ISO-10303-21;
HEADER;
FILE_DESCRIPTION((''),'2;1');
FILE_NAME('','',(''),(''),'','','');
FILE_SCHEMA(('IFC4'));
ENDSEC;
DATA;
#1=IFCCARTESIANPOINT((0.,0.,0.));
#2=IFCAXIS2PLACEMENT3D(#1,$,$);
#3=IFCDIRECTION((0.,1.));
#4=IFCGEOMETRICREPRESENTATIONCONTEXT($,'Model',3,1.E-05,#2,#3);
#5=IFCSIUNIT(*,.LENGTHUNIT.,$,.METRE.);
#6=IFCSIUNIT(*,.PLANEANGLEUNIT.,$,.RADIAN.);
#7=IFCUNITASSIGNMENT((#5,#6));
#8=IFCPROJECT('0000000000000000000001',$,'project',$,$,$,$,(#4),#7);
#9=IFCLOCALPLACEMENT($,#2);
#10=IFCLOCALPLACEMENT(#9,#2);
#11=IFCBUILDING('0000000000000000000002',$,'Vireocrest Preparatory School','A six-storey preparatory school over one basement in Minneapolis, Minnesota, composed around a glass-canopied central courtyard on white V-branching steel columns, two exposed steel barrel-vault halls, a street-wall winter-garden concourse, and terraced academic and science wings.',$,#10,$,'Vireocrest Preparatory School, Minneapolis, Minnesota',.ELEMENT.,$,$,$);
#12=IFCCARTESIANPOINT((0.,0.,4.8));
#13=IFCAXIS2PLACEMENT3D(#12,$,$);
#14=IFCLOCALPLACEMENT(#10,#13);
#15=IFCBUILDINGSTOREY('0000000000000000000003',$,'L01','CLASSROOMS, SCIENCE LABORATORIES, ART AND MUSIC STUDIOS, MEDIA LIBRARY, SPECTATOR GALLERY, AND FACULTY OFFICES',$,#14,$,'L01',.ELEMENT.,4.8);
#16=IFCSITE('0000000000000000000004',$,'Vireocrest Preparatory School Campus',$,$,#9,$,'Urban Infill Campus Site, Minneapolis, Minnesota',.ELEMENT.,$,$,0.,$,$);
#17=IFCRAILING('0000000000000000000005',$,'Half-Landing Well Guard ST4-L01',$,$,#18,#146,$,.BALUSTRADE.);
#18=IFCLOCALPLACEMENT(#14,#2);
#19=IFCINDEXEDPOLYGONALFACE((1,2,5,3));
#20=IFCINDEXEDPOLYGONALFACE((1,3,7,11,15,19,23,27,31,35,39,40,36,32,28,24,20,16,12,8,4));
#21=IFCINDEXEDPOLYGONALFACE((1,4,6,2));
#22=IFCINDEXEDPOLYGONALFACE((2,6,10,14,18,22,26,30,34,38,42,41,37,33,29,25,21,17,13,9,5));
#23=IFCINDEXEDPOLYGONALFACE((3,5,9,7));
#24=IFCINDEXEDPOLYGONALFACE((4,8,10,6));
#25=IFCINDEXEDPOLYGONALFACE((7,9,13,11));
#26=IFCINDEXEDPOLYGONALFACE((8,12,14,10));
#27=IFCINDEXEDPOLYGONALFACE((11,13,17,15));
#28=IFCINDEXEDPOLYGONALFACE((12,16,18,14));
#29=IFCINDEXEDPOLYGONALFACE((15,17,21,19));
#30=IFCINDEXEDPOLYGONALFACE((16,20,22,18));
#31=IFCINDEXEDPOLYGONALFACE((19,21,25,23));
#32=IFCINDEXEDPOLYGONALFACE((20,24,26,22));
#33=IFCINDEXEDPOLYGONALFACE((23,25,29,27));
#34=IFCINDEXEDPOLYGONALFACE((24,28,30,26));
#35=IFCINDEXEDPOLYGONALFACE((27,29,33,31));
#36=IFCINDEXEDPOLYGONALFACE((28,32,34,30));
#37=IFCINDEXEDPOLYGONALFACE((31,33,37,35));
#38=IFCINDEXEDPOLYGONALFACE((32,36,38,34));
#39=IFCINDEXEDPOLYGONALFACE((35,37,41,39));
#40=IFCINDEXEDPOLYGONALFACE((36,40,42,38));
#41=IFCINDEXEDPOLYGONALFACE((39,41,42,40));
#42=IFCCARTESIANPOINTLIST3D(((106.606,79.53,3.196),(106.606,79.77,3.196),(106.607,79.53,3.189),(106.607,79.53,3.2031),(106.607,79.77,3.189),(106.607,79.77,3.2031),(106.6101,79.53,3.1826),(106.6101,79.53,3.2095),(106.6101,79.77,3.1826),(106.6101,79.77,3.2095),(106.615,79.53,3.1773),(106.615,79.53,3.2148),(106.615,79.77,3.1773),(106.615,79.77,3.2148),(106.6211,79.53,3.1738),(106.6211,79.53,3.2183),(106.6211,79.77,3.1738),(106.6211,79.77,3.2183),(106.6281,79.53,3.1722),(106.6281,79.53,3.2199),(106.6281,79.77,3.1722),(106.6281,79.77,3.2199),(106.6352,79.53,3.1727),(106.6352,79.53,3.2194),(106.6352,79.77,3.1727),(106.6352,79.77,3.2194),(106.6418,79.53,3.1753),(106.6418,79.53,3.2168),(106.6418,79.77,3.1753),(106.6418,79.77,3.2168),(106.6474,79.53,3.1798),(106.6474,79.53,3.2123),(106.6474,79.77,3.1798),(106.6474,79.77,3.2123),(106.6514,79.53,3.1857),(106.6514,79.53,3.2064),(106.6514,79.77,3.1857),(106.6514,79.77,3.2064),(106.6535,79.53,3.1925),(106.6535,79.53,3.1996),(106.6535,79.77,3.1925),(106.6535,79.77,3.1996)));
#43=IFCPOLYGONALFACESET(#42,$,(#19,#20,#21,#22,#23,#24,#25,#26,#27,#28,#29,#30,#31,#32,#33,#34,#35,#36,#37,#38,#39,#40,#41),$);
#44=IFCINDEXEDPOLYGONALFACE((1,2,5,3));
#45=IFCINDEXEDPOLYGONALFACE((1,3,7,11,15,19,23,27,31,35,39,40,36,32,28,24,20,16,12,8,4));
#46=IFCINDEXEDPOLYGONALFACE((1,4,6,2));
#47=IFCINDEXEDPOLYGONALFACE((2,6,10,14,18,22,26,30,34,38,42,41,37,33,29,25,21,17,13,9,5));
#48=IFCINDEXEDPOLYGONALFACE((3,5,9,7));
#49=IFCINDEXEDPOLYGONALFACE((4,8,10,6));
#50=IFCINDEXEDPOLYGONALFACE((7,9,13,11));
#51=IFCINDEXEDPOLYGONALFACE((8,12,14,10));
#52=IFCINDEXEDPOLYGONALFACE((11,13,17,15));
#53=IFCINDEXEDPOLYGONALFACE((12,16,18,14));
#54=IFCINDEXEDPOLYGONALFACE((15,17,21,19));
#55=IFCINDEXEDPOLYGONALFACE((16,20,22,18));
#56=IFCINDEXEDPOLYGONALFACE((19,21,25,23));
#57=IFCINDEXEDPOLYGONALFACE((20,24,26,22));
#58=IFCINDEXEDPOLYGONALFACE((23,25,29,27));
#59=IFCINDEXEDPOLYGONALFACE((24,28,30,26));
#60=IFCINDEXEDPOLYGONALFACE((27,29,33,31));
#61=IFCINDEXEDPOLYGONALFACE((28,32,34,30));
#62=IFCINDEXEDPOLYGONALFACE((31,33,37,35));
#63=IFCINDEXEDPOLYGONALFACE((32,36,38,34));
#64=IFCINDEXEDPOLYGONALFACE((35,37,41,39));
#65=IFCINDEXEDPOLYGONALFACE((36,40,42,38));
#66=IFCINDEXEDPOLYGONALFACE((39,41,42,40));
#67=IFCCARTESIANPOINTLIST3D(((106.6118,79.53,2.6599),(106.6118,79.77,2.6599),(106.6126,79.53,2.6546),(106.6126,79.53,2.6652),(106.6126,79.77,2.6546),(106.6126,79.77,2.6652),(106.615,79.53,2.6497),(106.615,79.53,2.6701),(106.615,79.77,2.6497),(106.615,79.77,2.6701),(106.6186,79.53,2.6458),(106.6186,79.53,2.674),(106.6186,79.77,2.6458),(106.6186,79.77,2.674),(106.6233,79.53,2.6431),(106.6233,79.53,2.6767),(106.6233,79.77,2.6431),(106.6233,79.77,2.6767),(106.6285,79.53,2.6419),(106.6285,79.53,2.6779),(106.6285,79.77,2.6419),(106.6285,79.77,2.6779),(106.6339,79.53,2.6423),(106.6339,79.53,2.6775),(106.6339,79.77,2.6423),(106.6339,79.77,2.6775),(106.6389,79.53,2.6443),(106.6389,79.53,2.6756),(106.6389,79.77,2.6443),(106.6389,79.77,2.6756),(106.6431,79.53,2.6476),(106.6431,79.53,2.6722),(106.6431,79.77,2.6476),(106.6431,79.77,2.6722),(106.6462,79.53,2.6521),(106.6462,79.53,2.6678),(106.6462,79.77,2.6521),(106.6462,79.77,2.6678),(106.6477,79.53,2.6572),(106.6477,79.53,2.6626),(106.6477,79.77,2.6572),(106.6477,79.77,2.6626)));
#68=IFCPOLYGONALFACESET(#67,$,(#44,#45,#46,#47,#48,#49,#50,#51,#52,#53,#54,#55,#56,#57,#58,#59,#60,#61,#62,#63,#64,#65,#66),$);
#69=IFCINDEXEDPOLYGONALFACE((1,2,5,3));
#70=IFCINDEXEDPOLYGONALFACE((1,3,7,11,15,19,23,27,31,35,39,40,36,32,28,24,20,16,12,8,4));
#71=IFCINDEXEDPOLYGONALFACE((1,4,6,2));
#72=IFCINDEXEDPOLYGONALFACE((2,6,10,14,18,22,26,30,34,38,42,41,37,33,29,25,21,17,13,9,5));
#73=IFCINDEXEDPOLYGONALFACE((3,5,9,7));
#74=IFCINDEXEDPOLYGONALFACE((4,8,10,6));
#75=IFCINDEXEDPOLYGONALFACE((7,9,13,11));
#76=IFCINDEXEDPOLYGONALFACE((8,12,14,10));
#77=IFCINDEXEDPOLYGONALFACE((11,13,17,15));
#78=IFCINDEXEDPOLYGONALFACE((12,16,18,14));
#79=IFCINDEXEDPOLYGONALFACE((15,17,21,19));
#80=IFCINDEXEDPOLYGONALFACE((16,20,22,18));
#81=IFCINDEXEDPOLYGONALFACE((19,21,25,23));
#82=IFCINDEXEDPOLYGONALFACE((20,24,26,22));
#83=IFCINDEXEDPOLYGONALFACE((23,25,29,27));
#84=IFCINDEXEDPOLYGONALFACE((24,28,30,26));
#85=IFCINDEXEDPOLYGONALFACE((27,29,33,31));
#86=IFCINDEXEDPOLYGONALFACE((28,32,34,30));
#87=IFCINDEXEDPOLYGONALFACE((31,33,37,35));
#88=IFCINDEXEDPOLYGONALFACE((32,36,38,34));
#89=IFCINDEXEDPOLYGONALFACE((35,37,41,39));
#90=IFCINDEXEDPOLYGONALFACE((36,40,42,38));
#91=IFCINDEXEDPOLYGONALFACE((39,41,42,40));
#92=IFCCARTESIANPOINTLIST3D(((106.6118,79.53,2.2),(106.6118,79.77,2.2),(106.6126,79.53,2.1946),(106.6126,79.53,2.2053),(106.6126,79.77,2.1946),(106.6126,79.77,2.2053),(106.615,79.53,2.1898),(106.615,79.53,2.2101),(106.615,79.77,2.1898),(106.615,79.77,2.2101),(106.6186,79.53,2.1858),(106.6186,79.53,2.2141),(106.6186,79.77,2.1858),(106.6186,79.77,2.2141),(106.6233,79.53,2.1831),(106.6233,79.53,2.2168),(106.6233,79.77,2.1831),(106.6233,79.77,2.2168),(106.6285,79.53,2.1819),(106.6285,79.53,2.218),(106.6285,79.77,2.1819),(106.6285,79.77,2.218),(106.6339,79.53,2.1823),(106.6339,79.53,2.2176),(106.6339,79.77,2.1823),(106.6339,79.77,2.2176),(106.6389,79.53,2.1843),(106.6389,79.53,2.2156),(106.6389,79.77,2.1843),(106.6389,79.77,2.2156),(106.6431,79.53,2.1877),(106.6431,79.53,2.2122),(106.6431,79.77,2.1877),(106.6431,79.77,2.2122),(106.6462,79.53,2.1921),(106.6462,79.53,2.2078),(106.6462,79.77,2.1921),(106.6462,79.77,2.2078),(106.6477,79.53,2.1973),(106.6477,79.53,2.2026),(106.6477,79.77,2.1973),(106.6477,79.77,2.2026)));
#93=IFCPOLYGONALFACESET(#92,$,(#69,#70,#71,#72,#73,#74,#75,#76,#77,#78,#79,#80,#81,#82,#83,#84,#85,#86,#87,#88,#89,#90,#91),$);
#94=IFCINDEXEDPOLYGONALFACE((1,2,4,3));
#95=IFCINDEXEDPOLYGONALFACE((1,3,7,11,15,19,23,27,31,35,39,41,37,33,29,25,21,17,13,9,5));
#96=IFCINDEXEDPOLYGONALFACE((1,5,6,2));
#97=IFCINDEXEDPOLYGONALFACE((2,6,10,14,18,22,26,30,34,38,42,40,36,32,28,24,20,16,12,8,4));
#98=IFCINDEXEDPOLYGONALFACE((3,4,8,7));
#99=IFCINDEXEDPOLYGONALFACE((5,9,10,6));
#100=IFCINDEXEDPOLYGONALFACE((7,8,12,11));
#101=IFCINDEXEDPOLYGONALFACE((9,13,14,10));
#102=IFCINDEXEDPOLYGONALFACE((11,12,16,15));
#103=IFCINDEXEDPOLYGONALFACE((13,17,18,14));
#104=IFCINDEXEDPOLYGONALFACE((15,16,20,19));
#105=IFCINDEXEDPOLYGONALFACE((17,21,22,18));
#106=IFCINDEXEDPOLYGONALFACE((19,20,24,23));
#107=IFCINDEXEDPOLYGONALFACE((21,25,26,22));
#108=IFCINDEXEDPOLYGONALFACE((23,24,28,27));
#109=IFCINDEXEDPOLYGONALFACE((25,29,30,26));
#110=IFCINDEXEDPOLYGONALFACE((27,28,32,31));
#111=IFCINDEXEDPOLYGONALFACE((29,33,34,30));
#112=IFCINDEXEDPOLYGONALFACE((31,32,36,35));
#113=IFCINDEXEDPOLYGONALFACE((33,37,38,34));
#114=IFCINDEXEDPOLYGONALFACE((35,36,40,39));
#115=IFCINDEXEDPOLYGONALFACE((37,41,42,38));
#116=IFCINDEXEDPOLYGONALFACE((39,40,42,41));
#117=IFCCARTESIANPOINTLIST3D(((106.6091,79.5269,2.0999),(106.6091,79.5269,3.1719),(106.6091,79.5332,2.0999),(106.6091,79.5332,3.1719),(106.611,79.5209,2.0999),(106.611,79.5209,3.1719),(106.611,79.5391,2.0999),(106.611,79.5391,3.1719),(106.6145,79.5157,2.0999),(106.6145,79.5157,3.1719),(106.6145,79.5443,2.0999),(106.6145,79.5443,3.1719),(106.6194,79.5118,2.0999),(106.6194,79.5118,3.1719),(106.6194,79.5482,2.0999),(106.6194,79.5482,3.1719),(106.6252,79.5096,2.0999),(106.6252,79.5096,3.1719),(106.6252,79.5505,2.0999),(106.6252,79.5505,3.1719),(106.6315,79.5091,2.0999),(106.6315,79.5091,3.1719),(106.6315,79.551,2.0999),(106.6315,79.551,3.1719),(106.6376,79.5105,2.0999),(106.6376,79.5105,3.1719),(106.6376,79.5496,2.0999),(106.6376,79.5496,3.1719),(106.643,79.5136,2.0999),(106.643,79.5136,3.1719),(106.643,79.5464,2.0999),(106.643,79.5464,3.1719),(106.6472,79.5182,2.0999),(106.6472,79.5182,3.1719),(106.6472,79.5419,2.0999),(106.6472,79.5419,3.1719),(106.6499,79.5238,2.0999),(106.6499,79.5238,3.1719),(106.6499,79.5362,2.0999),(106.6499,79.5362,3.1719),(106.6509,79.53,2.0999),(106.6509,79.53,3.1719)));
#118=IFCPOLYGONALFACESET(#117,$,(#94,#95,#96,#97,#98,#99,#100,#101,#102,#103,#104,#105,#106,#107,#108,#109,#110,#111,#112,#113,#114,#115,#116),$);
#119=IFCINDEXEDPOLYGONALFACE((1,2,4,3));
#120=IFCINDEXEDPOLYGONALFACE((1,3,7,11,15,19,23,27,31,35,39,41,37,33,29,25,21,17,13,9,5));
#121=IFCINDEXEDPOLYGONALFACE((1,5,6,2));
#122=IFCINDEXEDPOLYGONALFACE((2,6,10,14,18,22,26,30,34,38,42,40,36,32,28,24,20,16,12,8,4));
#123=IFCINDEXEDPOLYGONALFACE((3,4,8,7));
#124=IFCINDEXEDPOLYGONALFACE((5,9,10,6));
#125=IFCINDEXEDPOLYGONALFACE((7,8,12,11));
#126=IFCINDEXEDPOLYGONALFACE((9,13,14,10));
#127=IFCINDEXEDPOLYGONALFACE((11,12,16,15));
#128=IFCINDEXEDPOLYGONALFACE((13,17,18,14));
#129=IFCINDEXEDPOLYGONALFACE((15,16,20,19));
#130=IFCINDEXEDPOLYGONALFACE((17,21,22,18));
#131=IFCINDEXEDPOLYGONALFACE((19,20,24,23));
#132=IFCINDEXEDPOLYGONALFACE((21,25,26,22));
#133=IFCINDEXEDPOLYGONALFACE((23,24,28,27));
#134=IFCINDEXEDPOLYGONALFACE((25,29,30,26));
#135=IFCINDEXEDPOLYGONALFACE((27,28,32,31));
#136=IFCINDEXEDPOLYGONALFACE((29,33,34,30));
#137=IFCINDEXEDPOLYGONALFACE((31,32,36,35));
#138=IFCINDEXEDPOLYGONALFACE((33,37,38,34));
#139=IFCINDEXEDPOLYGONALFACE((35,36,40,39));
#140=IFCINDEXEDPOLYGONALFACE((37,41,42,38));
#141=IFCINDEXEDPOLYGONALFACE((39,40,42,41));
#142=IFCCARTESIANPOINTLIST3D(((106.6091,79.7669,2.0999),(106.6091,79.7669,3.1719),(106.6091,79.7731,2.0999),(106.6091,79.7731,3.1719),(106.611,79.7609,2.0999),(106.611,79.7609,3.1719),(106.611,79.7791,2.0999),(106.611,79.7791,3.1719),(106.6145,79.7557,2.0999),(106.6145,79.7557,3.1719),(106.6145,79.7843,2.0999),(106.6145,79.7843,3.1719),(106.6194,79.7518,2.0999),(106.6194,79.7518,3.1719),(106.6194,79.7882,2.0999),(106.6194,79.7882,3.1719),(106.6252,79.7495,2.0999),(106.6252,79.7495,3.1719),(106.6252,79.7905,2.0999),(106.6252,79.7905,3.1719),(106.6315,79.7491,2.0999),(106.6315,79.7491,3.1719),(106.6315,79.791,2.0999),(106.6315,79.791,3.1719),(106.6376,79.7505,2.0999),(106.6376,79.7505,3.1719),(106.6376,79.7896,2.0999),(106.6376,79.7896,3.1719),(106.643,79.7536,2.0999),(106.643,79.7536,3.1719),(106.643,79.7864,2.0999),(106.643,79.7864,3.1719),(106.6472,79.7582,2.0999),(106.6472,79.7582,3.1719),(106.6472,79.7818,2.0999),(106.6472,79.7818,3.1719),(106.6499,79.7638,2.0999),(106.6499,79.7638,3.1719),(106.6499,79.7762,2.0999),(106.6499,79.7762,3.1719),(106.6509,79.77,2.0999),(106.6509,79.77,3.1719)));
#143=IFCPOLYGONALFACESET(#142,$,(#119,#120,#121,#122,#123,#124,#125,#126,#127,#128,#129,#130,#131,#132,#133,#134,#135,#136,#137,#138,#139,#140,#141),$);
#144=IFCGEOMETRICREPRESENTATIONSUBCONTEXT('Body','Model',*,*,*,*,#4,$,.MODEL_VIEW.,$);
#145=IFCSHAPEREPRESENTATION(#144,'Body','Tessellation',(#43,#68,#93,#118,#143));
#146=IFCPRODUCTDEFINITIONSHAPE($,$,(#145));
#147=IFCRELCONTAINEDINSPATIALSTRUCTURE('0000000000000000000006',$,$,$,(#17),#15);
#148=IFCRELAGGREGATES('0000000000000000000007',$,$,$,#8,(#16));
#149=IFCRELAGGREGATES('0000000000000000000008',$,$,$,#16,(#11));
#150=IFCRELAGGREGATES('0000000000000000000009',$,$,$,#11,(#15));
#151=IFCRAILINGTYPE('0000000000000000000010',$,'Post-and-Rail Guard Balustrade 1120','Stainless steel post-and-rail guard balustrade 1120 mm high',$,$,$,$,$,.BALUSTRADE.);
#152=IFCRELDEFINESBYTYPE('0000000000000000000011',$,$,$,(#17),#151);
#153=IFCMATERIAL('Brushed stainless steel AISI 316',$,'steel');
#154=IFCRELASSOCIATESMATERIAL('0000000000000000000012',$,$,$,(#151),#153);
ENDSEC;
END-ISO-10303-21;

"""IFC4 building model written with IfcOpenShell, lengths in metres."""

from ifc_helpers import new_model, si_unit, direction, frame, origin, origin_2d, place, context, subcontext, project, spatial, circle, extrude, material, type_object, element, save


model = new_model("IFC4")

# Units and contexts
model_context = context("Model", 3, precision=1e-05, world=origin(), true_north=direction((0.0, 1.0)))
body_context = subcontext(model_context, "Body", "Model", "MODEL_VIEW")
ifc_project = project(units=[si_unit("LENGTHUNIT", "METRE"), si_unit("PLANEANGLEUNIT", "RADIAN")], contexts=[model_context])

# Site, building, storey
site_placement = place(None, origin())
site = spatial("IfcSite", under=ifc_project, at=site_placement, Name="Vireocrest Preparatory School Campus", LongName="Urban Infill Campus Site, Minneapolis, Minnesota", CompositionType="ELEMENT", RefElevation=0.0)
building_placement = place(site_placement, origin())
building = spatial("IfcBuilding", under=site, at=building_placement, Name="Vireocrest Preparatory School", Description="A six-storey preparatory school over one basement in Minneapolis, Minnesota, composed around a glass-canopied central courtyard on white V-branching steel columns, two exposed steel barrel-vault halls, a street-wall winter-garden concourse, and terraced academic and science wings.", LongName="Vireocrest Preparatory School, Minneapolis, Minnesota", CompositionType="ELEMENT")
storey_placement = place(building_placement, frame((0.0, 0.0, 4.8)))
storey = spatial("IfcBuildingStorey", under=building, at=storey_placement, Name="L01", Description="CLASSROOMS, SCIENCE LABORATORIES, ART AND MUSIC STUDIOS, MEDIA LIBRARY, SPECTATOR GALLERY, AND FACULTY OFFICES", LongName="L01", CompositionType="ELEMENT", Elevation=4.8)

# Railing
ifc_material_1 = material(Name="Brushed stainless steel AISI 316", Category="steel")
railing_type_1 = type_object("IfcRailingType", Name="Post-and-Rail Guard Balustrade 1120", Description="Stainless steel post-and-rail guard balustrade 1120 mm high", PredefinedType="BALUSTRADE", material=ifc_material_1)
railing_1_placement = place(storey_placement, frame((106.6299, 79.53, 2.0999)))
element("IfcRailing", 1, at=railing_1_placement, inside=storey, type_object=railing_type_1, Name="Half-Landing Well Guard ST4-L01", PredefinedType="BALUSTRADE", context=body_context, shape_type="SweptSolid", body=[
    extrude(circle(Radius=0.0239, at=origin_2d()), frame((0.0, 0.0, 1.0962), z_axis=(0.0, 1.0, 0.0), x_axis=(-1.0, 0.0, 0.0)), (0.0, 0.0, 1.0), 0.24),
    extrude(circle(Radius=0.0181, at=origin_2d()), frame((0.0, 0.0, 0.5601), z_axis=(0.0, 1.0, 0.0), x_axis=(-1.0, 0.0, 0.0)), (0.0, 0.0, 1.0), 0.24),
    extrude(circle(Radius=0.0181, at=origin_2d()), frame((0.0, 0.0, 0.1001), z_axis=(0.0, 1.0, 0.0), x_axis=(-1.0, 0.0, 0.0)), (0.0, 0.0, 1.0), 0.24),
    extrude(circle(Radius=0.021, at=origin_2d()), origin(), (0.0, 0.0, 1.0), 1.072),
    extrude(circle(Radius=0.021, at=origin_2d()), frame((0.0, 0.24, 0.0)), (0.0, 0.0, 1.0), 1.072),
])

save(model, "model.ifc")
